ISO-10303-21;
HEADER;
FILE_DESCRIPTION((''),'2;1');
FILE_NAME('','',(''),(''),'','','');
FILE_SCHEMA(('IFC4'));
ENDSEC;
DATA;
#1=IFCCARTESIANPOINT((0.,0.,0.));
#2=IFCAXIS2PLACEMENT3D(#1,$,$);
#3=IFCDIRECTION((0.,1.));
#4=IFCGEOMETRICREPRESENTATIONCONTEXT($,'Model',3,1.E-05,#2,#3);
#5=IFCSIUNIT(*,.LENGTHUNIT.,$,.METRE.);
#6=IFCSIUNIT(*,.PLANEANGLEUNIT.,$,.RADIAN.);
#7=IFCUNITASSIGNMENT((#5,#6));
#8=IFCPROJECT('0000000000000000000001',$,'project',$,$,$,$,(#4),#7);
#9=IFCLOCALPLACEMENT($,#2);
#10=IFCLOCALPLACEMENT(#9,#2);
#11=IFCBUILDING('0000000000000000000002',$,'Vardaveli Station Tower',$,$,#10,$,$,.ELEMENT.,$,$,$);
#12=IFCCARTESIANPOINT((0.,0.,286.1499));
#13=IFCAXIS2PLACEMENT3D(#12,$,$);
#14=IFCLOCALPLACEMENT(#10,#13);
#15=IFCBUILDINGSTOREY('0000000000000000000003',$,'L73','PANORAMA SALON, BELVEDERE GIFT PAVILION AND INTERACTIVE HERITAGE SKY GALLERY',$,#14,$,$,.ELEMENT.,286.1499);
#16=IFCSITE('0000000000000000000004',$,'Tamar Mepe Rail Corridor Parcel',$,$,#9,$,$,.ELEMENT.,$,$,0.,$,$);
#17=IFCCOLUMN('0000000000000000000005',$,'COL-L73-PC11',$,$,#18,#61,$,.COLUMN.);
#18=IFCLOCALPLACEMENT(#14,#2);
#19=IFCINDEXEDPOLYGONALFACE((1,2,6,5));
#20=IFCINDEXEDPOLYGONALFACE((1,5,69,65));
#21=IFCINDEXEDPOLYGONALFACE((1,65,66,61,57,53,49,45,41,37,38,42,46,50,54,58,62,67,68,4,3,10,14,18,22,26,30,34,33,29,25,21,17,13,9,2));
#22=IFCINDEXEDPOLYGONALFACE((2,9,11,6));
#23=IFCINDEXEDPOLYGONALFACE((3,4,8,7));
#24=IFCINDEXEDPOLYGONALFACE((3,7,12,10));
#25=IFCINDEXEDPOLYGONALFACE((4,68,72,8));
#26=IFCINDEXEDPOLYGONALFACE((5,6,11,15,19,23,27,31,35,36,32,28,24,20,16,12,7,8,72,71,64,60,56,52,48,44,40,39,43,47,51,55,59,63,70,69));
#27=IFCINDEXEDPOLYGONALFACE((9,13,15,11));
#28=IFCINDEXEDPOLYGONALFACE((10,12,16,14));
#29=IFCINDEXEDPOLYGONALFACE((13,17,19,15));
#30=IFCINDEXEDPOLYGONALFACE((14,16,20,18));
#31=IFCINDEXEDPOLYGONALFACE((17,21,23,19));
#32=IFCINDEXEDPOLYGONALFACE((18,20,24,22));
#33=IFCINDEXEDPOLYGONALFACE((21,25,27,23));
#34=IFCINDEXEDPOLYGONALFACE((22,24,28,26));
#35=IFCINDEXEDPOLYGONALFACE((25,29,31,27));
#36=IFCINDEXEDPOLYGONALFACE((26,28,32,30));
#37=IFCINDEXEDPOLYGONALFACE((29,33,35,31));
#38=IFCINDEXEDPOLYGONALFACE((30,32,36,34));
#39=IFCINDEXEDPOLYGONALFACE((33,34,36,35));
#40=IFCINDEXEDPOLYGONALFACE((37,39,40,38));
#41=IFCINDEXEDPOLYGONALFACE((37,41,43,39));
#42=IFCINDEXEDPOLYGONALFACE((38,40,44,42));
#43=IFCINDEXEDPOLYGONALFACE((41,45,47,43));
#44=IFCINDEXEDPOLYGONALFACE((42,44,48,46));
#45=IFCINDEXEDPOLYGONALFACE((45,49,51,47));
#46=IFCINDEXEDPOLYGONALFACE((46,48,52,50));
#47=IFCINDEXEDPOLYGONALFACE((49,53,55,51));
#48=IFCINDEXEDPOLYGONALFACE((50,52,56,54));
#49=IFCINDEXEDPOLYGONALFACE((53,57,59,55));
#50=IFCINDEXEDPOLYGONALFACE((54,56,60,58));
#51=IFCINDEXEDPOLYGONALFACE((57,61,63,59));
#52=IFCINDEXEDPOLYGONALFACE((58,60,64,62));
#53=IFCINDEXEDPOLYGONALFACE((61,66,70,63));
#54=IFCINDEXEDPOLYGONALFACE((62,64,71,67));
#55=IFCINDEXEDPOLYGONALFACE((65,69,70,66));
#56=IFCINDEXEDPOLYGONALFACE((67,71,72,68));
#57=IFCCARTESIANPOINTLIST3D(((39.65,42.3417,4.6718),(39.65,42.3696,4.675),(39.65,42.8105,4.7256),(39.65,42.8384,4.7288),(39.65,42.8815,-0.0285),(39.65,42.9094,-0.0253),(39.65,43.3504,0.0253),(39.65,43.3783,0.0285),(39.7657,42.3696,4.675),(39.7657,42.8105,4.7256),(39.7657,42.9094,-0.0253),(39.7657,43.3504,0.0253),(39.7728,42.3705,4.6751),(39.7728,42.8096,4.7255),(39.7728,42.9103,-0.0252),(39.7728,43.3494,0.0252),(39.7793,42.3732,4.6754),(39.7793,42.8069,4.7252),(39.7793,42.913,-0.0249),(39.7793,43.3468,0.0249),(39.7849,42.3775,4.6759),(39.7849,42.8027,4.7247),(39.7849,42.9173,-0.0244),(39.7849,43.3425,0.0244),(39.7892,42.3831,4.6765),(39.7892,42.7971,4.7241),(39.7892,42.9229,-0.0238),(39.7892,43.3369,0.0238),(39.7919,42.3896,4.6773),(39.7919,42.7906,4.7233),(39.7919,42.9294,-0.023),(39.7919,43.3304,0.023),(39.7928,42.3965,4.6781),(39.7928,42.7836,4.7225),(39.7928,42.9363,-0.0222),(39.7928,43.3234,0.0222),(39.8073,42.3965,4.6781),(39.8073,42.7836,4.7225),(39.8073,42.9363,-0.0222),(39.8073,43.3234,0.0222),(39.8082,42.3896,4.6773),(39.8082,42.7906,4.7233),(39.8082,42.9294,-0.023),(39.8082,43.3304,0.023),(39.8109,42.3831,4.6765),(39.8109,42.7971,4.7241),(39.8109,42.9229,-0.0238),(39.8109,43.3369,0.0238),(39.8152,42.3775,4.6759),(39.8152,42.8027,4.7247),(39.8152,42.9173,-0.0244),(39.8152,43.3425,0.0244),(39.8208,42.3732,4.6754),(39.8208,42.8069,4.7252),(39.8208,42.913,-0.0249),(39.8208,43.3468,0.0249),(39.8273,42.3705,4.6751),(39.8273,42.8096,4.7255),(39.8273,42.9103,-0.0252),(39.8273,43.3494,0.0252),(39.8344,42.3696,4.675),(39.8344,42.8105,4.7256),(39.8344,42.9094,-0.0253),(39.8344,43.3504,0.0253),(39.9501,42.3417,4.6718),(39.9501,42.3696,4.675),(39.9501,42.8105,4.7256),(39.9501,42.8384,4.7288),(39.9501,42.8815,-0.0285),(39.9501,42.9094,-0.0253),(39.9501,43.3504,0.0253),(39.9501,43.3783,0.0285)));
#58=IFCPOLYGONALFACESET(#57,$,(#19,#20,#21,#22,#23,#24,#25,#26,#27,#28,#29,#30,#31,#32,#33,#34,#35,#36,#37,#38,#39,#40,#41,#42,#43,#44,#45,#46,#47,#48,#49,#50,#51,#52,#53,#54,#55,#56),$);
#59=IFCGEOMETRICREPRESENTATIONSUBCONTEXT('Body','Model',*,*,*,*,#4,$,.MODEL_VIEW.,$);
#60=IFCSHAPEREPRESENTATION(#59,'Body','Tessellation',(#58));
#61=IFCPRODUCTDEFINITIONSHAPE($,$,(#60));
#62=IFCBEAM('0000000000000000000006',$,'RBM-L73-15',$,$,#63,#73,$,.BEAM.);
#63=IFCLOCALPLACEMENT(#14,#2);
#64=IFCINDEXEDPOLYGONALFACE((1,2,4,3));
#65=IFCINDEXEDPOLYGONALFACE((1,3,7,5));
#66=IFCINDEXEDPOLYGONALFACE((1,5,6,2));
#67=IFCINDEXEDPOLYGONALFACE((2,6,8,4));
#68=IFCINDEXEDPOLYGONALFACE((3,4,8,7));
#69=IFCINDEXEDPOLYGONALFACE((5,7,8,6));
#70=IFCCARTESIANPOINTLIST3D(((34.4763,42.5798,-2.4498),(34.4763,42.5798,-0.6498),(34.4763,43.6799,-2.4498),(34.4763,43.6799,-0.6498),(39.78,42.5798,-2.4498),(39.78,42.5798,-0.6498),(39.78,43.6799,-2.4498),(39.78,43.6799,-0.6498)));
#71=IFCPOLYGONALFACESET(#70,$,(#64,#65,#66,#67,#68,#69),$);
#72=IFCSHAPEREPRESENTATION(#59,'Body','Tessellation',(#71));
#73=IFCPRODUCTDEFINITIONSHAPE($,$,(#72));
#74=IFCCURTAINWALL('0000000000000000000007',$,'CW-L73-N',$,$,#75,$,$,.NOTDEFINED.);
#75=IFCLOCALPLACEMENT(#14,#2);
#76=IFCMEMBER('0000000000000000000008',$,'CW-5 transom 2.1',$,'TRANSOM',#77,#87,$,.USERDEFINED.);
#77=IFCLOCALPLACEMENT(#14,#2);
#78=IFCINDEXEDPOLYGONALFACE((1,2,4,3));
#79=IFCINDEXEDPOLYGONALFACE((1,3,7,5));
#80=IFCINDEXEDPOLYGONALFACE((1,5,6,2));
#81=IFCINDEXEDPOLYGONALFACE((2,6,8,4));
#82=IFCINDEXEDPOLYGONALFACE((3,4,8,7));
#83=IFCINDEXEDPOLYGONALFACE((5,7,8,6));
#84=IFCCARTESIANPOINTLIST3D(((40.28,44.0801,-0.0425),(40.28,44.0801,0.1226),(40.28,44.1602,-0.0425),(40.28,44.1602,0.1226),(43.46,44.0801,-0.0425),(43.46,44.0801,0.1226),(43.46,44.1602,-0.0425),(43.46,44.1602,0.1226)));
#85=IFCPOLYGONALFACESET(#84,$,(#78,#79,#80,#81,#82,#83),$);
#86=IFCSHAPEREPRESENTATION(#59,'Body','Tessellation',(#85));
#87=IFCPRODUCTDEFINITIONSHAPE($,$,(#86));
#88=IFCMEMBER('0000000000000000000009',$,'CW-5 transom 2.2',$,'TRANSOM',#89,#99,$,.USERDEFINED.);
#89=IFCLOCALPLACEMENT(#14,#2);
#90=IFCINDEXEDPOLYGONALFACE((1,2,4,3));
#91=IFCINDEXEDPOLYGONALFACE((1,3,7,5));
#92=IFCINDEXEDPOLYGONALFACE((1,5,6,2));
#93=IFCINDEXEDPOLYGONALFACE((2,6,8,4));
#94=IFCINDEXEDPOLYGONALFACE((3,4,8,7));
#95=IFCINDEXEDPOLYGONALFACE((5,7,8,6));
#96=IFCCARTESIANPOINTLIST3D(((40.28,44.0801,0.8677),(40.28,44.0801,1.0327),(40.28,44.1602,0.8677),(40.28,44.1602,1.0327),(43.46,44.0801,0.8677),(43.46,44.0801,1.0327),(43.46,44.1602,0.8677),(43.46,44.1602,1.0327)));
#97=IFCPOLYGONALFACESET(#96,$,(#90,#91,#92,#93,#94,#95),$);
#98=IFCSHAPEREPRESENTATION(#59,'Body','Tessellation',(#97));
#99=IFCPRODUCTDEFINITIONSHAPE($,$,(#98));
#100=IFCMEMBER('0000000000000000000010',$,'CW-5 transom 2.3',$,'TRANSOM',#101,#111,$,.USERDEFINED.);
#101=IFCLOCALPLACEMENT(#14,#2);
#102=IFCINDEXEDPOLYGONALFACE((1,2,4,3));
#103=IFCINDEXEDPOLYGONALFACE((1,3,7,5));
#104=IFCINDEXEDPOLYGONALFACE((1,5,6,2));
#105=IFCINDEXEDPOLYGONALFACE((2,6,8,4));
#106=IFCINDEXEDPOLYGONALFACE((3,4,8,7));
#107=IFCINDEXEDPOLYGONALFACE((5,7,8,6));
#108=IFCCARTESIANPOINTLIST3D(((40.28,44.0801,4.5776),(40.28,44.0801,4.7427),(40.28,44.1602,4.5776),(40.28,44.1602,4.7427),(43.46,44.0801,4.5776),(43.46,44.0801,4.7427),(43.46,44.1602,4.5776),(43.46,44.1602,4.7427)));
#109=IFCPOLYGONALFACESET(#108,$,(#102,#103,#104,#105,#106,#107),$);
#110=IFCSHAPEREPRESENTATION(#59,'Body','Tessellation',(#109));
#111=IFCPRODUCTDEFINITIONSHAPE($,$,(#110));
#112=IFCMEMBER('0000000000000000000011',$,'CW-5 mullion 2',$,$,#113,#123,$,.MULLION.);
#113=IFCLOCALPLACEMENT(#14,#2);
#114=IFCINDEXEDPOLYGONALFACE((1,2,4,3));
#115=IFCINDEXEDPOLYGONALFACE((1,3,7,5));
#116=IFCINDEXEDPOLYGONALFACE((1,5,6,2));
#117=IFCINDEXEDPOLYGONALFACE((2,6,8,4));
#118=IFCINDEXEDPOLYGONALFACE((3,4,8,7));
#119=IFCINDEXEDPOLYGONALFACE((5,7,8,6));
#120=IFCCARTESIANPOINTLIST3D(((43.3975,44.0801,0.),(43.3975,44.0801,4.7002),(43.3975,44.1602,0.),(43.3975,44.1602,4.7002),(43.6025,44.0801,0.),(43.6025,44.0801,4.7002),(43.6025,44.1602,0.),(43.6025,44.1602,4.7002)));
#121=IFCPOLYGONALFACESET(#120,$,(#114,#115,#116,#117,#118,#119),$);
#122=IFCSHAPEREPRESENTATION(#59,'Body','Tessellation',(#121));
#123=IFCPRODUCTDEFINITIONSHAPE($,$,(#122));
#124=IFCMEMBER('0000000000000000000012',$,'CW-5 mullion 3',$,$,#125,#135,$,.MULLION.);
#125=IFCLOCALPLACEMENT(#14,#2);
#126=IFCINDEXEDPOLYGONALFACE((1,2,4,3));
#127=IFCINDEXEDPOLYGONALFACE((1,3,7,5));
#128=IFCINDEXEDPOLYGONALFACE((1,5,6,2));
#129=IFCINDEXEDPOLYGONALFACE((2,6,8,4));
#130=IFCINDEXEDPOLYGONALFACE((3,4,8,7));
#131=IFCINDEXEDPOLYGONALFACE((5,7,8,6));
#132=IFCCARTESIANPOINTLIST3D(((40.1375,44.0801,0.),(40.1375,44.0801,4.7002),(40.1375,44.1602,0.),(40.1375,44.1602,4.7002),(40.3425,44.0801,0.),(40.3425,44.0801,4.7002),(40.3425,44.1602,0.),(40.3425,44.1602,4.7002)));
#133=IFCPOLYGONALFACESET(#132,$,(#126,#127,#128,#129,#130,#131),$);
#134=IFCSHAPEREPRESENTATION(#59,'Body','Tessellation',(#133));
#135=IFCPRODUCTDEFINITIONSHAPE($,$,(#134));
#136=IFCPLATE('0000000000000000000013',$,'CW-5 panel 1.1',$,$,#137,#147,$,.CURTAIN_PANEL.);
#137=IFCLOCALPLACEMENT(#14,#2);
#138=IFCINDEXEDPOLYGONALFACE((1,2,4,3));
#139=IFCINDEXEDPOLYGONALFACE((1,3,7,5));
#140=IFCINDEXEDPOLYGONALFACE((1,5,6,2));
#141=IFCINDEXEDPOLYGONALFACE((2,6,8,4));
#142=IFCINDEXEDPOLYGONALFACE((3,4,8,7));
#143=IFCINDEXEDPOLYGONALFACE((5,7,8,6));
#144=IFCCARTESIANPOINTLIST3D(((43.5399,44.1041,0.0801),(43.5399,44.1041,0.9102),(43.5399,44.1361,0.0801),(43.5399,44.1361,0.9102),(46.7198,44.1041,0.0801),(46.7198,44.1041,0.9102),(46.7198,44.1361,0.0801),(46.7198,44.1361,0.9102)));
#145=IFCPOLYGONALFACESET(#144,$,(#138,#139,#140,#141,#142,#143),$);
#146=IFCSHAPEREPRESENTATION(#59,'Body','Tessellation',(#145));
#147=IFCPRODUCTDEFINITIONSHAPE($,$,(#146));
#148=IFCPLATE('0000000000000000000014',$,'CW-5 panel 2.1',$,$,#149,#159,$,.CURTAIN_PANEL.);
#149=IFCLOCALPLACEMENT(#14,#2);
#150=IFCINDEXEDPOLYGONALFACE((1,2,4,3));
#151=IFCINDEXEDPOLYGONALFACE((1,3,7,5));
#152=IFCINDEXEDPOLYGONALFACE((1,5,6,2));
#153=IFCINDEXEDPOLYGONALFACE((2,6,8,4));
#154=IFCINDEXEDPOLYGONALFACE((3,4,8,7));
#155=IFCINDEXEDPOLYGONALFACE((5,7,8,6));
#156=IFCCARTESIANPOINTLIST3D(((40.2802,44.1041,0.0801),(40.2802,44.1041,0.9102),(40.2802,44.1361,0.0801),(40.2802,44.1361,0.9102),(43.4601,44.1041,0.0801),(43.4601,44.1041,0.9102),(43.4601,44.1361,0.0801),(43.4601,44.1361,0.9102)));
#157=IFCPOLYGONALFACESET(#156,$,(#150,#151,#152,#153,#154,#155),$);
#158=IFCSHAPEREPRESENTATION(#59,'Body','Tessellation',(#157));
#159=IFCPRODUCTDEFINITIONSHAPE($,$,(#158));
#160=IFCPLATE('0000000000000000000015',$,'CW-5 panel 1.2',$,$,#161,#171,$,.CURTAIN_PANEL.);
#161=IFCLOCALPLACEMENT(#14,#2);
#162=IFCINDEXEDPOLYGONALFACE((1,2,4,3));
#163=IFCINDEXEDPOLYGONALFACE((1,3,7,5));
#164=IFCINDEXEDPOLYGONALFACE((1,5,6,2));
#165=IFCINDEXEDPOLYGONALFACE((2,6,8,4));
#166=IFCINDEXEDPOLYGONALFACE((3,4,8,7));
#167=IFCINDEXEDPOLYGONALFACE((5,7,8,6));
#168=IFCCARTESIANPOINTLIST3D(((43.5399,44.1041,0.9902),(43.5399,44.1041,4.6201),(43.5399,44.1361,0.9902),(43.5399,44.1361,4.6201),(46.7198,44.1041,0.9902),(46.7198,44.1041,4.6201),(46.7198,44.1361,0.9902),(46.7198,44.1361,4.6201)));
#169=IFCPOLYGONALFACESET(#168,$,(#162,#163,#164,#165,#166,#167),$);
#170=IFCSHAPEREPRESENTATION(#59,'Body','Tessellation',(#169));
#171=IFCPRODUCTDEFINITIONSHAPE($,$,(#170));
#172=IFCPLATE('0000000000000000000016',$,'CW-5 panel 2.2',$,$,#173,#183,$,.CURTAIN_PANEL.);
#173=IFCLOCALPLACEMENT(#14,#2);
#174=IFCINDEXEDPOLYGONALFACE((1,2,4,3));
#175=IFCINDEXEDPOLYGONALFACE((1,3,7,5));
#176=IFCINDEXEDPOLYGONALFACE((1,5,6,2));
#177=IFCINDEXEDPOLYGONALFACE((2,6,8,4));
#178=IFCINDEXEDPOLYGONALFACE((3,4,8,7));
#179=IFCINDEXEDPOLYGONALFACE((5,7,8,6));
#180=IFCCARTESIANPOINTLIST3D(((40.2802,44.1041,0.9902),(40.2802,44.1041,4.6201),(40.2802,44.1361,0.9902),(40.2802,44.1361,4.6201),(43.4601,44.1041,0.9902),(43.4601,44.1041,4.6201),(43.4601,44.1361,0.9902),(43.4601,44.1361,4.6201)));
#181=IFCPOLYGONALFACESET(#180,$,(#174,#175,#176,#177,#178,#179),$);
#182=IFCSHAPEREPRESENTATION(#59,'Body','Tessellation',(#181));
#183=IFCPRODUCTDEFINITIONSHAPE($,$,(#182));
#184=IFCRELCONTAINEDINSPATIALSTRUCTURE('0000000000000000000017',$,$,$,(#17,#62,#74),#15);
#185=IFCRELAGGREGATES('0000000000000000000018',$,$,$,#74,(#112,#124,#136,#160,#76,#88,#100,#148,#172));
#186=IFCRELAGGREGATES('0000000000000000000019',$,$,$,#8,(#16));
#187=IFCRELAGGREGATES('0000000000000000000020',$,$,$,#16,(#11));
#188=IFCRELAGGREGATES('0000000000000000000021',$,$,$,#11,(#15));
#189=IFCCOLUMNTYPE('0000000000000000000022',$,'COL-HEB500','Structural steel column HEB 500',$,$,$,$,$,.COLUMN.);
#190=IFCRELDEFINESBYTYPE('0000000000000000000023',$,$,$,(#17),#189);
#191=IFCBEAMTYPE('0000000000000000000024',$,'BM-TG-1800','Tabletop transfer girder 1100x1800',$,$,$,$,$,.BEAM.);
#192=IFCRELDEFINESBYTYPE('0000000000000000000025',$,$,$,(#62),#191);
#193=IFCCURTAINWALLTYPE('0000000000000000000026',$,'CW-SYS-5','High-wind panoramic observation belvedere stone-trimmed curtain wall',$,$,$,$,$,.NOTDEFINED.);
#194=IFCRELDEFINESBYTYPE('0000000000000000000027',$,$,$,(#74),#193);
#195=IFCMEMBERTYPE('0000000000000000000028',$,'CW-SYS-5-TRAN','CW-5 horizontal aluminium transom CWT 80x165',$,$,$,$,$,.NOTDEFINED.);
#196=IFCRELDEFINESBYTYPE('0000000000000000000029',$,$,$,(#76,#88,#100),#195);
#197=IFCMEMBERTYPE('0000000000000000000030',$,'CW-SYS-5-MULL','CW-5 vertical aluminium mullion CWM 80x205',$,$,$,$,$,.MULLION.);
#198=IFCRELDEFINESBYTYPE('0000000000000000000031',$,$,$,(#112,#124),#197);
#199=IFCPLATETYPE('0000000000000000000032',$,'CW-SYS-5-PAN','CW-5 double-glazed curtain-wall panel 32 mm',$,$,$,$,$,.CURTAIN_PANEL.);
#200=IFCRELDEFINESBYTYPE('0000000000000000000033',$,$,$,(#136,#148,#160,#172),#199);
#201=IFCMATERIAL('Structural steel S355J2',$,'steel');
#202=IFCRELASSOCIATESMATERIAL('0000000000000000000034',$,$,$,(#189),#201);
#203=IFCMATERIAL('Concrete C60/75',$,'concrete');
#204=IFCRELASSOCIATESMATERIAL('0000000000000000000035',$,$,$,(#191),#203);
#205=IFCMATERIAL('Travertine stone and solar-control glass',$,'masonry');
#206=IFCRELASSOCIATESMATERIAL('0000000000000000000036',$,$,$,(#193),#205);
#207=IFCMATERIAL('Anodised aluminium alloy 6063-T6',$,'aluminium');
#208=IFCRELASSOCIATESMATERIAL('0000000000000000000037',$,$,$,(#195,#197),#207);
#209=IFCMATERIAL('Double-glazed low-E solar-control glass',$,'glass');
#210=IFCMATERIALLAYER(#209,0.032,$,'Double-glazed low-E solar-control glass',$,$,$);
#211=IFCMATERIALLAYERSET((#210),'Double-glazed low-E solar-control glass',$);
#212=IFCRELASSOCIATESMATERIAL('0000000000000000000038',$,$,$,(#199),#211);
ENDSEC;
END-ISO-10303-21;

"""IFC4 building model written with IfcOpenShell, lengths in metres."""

from ifc_helpers import new_model, si_unit, direction, frame, origin, origin_2d, place, context, subcontext, project, spatial, rectangle, i_section, extrude, source, transform, mapped, material, layer, layer_set, material_profile, profile_set, type_object, element, aggregate, save


model = new_model("IFC4")

# Units and contexts
model_context = context("Model", 3, precision=1e-05, world=origin(), true_north=direction((0.0, 1.0)))
body_context = subcontext(model_context, "Body", "Model", "MODEL_VIEW")
ifc_project = project(units=[si_unit("LENGTHUNIT", "METRE"), si_unit("PLANEANGLEUNIT", "RADIAN")], contexts=[model_context])

# Site, building, storey
site_placement = place(None, origin())
site = spatial("IfcSite", under=ifc_project, at=site_placement, Name="Tamar Mepe Rail Corridor Parcel", CompositionType="ELEMENT", RefElevation=0.0)
building_placement = place(site_placement, origin())
building = spatial("IfcBuilding", under=site, at=building_placement, Name="Vardaveli Station Tower", CompositionType="ELEMENT")
storey_placement = place(building_placement, frame((0.0, 0.0, 286.1499)))
storey = spatial("IfcBuildingStorey", under=building, at=storey_placement, Name="L73", Description="PANORAMA SALON, BELVEDERE GIFT PAVILION AND INTERACTIVE HERITAGE SKY GALLERY", CompositionType="ELEMENT", Elevation=286.1499)

# Column
ifc_material_1 = material(Name="Structural steel S355J2", Category="steel")
ifc_material_profile_1 = material_profile(ifc_material_1, i_section(OverallWidth=0.3, OverallDepth=0.5, WebThickness=0.0144, FlangeThickness=0.0281, FilletRadius=0.0271, at=origin_2d()), Name="HEB 500")
ifc_profile_set_1 = profile_set([ifc_material_profile_1], Name="Structural steel S355J2")
column_type = type_object("IfcColumnType", Name="COL-HEB500", Description="Structural steel column HEB 500", PredefinedType="COLUMN", material=ifc_profile_set_1)
shared_shape_1 = source(origin(), body_context, "Body", "SweptSolid", [
    extrude(i_section(OverallWidth=0.3, OverallDepth=0.5, WebThickness=0.0144, FlangeThickness=0.0281, FilletRadius=0.0271, at=origin_2d()), origin(), (0.0, 0.0, 1.0), 4.7312),
])
column_placement = place(storey_placement, frame((39.8, 43.1299, 0.0), z_axis=(0.0, -0.114095, 0.99347), x_axis=(1.0, 0.0, 0.0)))
element("IfcColumn", 1, at=column_placement, inside=storey, type_object=column_type, Name="COL-L73-PC11", PredefinedType="COLUMN", context=body_context, shape_type="MappedRepresentation", body=[
    mapped(shared_shape_1, transform((0.0, 0.0, 0.0), scale=1.0)),
])

# Beam
ifc_material_2 = material(Name="Concrete C60/75", Category="concrete")
ifc_material_profile_2 = material_profile(ifc_material_2, rectangle(XDim=1.1001, YDim=1.8, at=origin_2d()), Name="TG 1100x1800")
ifc_profile_set_2 = profile_set([ifc_material_profile_2], Name="Concrete C60/75")
beam_type = type_object("IfcBeamType", Name="BM-TG-1800", Description="Tabletop transfer girder 1100x1800", PredefinedType="BEAM", material=ifc_profile_set_2)
shared_shape_2 = source(origin(), body_context, "Body", "SweptSolid", [
    extrude(rectangle(XDim=1.1001, YDim=1.8, at=origin_2d()), origin(), (0.0, 0.0, 1.0), 5.3037),
])
beam_placement = place(storey_placement, frame((39.78, 43.1299, -1.5498), z_axis=(-1.0, 0.0, 0.0), x_axis=(0.0, -1.0, 0.0)))
element("IfcBeam", 2, at=beam_placement, inside=storey, type_object=beam_type, Name="RBM-L73-15", PredefinedType="BEAM", context=body_context, shape_type="MappedRepresentation", body=[
    mapped(shared_shape_2, transform((0.0, 0.0, 0.0), scale=1.0)),
])

# Curtain wall, members, plates
ifc_material_3 = material(Name="Travertine stone and solar-control glass", Category="masonry")
curtain_wall_type = type_object("IfcCurtainWallType", Name="CW-SYS-5", Description="High-wind panoramic observation belvedere stone-trimmed curtain wall", PredefinedType="NOTDEFINED", material=ifc_material_3)
curtain_wall_placement = place(storey_placement, origin())
curtain_wall = element("IfcCurtainWall", 3, at=curtain_wall_placement, inside=storey, type_object=curtain_wall_type, Name="CW-L73-N", PredefinedType="NOTDEFINED")
ifc_material_4 = material(Name="Anodised aluminium alloy 6063-T6", Category="aluminium")
ifc_material_profile_3 = material_profile(ifc_material_4, rectangle(XDim=0.0801, YDim=0.165, at=origin_2d()), Name="CWT 80x165")
ifc_profile_set_3 = profile_set([ifc_material_profile_3], Name="Anodised aluminium alloy 6063-T6")
member_type_1 = type_object("IfcMemberType", Name="CW-SYS-5-TRAN", Description="CW-5 horizontal aluminium transom CWT 80x165", PredefinedType="NOTDEFINED", material=ifc_profile_set_3)
shared_shape_3 = source(origin(), body_context, "Body", "SweptSolid", [
    extrude(rectangle(XDim=0.0801, YDim=0.165, at=origin_2d()), origin(), (0.0, 0.0, 1.0), 3.1799),
])
member_1_placement = place(storey_placement, frame((43.46, 44.1201, 0.04), z_axis=(-1.0, 0.0, 0.0), x_axis=(0.0, -1.0, 0.0)))
member_1 = element("IfcMember", 4, at=member_1_placement, type_object=member_type_1, Name="CW-5 transom 2.1", ObjectType="TRANSOM", PredefinedType="USERDEFINED", context=body_context, shape_type="MappedRepresentation", body=[
    mapped(shared_shape_3, transform((0.0, 0.0, 0.0), scale=1.0)),
])
member_2_placement = place(storey_placement, frame((43.46, 44.1201, 0.9502), z_axis=(-1.0, 0.0, 0.0), x_axis=(0.0, -1.0, 0.0)))
member_2 = element("IfcMember", 5, at=member_2_placement, type_object=member_type_1, Name="CW-5 transom 2.2", ObjectType="TRANSOM", PredefinedType="USERDEFINED", context=body_context, shape_type="MappedRepresentation", body=[
    mapped(shared_shape_3, transform((0.0, 0.0, 0.0), scale=1.0)),
])
member_3_placement = place(storey_placement, frame((43.46, 44.1201, 4.6602), z_axis=(-1.0, 0.0, 0.0), x_axis=(0.0, -1.0, 0.0)))
member_3 = element("IfcMember", 6, at=member_3_placement, type_object=member_type_1, Name="CW-5 transom 2.3", ObjectType="TRANSOM", PredefinedType="USERDEFINED", context=body_context, shape_type="MappedRepresentation", body=[
    mapped(shared_shape_3, transform((0.0, 0.0, 0.0), scale=1.0)),
])
ifc_material_profile_4 = material_profile(ifc_material_4, rectangle(XDim=0.0801, YDim=0.2051, at=origin_2d()), Name="CWM 80x205")
ifc_profile_set_4 = profile_set([ifc_material_profile_4], Name="Anodised aluminium alloy 6063-T6")
member_type_2 = type_object("IfcMemberType", Name="CW-SYS-5-MULL", Description="CW-5 vertical aluminium mullion CWM 80x205", PredefinedType="MULLION", material=ifc_profile_set_4)
shared_shape_4 = source(origin(), body_context, "Body", "SweptSolid", [
    extrude(rectangle(XDim=0.0801, YDim=0.2051, at=origin_2d()), origin(), (0.0, 0.0, 1.0), 4.7002),
])
member_4_placement = place(storey_placement, frame((43.5, 44.1201, 0.0), z_axis=(0.0, 0.0, 1.0), x_axis=(0.0, -1.0, 0.0)))
member_4 = element("IfcMember", 7, at=member_4_placement, type_object=member_type_2, Name="CW-5 mullion 2", PredefinedType="MULLION", context=body_context, shape_type="MappedRepresentation", body=[
    mapped(shared_shape_4, transform((0.0, 0.0, 0.0), scale=1.0)),
])
member_5_placement = place(storey_placement, frame((40.24, 44.1201, 0.0), z_axis=(0.0, 0.0, 1.0), x_axis=(0.0, -1.0, 0.0)))
member_5 = element("IfcMember", 8, at=member_5_placement, type_object=member_type_2, Name="CW-5 mullion 3", PredefinedType="MULLION", context=body_context, shape_type="MappedRepresentation", body=[
    mapped(shared_shape_4, transform((0.0, 0.0, 0.0), scale=1.0)),
])
ifc_material_5 = material(Name="Double-glazed low-E solar-control glass", Category="glass")
ifc_layer_1 = layer(ifc_material_5, 0.032, Name="Double-glazed low-E solar-control glass")
ifc_layer_set_1 = layer_set([ifc_layer_1], Name="Double-glazed low-E solar-control glass")
plate_type = type_object("IfcPlateType", Name="CW-SYS-5-PAN", Description="CW-5 double-glazed curtain-wall panel 32 mm", PredefinedType="CURTAIN_PANEL", material=ifc_layer_set_1)
shared_shape_5 = source(origin(), body_context, "Body", "SweptSolid", [
    extrude(rectangle(XDim=3.1799, YDim=0.032, at=origin_2d()), origin(), (0.0, 0.0, 1.0), 0.8301),
])
plate_1_placement = place(storey_placement, frame((45.1299, 44.1201, 0.0801), z_axis=(0.0, 0.0, 1.0), x_axis=(-1.0, 0.0, 0.0)))
plate_1 = element("IfcPlate", 9, at=plate_1_placement, type_object=plate_type, Name="CW-5 panel 1.1", PredefinedType="CURTAIN_PANEL", context=body_context, shape_type="MappedRepresentation", body=[
    mapped(shared_shape_5, transform((0.0, 0.0, 0.0), scale=1.0)),
])
plate_2_placement = place(storey_placement, frame((41.8701, 44.1201, 0.0801), z_axis=(0.0, 0.0, 1.0), x_axis=(-1.0, 0.0, 0.0)))
plate_2 = element("IfcPlate", 10, at=plate_2_placement, type_object=plate_type, Name="CW-5 panel 2.1", PredefinedType="CURTAIN_PANEL", context=body_context, shape_type="MappedRepresentation", body=[
    mapped(shared_shape_5, transform((0.0, 0.0, 0.0), scale=1.0)),
])
shared_shape_6 = source(origin(), body_context, "Body", "SweptSolid", [
    extrude(rectangle(XDim=3.1799, YDim=0.032, at=origin_2d()), origin(), (0.0, 0.0, 1.0), 3.6299),
])
plate_3_placement = place(storey_placement, frame((45.1299, 44.1201, 0.9902), z_axis=(0.0, 0.0, 1.0), x_axis=(-1.0, 0.0, 0.0)))
plate_3 = element("IfcPlate", 11, at=plate_3_placement, type_object=plate_type, Name="CW-5 panel 1.2", PredefinedType="CURTAIN_PANEL", context=body_context, shape_type="MappedRepresentation", body=[
    mapped(shared_shape_6, transform((0.0, 0.0, 0.0), scale=1.0)),
])
plate_4_placement = place(storey_placement, frame((41.8701, 44.1201, 0.9902), z_axis=(0.0, 0.0, 1.0), x_axis=(-1.0, 0.0, 0.0)))
plate_4 = element("IfcPlate", 12, at=plate_4_placement, type_object=plate_type, Name="CW-5 panel 2.2", PredefinedType="CURTAIN_PANEL", context=body_context, shape_type="MappedRepresentation", body=[
    mapped(shared_shape_6, transform((0.0, 0.0, 0.0), scale=1.0)),
])
aggregate(curtain_wall, [member_4, member_5, plate_1, plate_3, member_1, member_2, member_3, plate_2, plate_4])

save(model, "model.ifc")
